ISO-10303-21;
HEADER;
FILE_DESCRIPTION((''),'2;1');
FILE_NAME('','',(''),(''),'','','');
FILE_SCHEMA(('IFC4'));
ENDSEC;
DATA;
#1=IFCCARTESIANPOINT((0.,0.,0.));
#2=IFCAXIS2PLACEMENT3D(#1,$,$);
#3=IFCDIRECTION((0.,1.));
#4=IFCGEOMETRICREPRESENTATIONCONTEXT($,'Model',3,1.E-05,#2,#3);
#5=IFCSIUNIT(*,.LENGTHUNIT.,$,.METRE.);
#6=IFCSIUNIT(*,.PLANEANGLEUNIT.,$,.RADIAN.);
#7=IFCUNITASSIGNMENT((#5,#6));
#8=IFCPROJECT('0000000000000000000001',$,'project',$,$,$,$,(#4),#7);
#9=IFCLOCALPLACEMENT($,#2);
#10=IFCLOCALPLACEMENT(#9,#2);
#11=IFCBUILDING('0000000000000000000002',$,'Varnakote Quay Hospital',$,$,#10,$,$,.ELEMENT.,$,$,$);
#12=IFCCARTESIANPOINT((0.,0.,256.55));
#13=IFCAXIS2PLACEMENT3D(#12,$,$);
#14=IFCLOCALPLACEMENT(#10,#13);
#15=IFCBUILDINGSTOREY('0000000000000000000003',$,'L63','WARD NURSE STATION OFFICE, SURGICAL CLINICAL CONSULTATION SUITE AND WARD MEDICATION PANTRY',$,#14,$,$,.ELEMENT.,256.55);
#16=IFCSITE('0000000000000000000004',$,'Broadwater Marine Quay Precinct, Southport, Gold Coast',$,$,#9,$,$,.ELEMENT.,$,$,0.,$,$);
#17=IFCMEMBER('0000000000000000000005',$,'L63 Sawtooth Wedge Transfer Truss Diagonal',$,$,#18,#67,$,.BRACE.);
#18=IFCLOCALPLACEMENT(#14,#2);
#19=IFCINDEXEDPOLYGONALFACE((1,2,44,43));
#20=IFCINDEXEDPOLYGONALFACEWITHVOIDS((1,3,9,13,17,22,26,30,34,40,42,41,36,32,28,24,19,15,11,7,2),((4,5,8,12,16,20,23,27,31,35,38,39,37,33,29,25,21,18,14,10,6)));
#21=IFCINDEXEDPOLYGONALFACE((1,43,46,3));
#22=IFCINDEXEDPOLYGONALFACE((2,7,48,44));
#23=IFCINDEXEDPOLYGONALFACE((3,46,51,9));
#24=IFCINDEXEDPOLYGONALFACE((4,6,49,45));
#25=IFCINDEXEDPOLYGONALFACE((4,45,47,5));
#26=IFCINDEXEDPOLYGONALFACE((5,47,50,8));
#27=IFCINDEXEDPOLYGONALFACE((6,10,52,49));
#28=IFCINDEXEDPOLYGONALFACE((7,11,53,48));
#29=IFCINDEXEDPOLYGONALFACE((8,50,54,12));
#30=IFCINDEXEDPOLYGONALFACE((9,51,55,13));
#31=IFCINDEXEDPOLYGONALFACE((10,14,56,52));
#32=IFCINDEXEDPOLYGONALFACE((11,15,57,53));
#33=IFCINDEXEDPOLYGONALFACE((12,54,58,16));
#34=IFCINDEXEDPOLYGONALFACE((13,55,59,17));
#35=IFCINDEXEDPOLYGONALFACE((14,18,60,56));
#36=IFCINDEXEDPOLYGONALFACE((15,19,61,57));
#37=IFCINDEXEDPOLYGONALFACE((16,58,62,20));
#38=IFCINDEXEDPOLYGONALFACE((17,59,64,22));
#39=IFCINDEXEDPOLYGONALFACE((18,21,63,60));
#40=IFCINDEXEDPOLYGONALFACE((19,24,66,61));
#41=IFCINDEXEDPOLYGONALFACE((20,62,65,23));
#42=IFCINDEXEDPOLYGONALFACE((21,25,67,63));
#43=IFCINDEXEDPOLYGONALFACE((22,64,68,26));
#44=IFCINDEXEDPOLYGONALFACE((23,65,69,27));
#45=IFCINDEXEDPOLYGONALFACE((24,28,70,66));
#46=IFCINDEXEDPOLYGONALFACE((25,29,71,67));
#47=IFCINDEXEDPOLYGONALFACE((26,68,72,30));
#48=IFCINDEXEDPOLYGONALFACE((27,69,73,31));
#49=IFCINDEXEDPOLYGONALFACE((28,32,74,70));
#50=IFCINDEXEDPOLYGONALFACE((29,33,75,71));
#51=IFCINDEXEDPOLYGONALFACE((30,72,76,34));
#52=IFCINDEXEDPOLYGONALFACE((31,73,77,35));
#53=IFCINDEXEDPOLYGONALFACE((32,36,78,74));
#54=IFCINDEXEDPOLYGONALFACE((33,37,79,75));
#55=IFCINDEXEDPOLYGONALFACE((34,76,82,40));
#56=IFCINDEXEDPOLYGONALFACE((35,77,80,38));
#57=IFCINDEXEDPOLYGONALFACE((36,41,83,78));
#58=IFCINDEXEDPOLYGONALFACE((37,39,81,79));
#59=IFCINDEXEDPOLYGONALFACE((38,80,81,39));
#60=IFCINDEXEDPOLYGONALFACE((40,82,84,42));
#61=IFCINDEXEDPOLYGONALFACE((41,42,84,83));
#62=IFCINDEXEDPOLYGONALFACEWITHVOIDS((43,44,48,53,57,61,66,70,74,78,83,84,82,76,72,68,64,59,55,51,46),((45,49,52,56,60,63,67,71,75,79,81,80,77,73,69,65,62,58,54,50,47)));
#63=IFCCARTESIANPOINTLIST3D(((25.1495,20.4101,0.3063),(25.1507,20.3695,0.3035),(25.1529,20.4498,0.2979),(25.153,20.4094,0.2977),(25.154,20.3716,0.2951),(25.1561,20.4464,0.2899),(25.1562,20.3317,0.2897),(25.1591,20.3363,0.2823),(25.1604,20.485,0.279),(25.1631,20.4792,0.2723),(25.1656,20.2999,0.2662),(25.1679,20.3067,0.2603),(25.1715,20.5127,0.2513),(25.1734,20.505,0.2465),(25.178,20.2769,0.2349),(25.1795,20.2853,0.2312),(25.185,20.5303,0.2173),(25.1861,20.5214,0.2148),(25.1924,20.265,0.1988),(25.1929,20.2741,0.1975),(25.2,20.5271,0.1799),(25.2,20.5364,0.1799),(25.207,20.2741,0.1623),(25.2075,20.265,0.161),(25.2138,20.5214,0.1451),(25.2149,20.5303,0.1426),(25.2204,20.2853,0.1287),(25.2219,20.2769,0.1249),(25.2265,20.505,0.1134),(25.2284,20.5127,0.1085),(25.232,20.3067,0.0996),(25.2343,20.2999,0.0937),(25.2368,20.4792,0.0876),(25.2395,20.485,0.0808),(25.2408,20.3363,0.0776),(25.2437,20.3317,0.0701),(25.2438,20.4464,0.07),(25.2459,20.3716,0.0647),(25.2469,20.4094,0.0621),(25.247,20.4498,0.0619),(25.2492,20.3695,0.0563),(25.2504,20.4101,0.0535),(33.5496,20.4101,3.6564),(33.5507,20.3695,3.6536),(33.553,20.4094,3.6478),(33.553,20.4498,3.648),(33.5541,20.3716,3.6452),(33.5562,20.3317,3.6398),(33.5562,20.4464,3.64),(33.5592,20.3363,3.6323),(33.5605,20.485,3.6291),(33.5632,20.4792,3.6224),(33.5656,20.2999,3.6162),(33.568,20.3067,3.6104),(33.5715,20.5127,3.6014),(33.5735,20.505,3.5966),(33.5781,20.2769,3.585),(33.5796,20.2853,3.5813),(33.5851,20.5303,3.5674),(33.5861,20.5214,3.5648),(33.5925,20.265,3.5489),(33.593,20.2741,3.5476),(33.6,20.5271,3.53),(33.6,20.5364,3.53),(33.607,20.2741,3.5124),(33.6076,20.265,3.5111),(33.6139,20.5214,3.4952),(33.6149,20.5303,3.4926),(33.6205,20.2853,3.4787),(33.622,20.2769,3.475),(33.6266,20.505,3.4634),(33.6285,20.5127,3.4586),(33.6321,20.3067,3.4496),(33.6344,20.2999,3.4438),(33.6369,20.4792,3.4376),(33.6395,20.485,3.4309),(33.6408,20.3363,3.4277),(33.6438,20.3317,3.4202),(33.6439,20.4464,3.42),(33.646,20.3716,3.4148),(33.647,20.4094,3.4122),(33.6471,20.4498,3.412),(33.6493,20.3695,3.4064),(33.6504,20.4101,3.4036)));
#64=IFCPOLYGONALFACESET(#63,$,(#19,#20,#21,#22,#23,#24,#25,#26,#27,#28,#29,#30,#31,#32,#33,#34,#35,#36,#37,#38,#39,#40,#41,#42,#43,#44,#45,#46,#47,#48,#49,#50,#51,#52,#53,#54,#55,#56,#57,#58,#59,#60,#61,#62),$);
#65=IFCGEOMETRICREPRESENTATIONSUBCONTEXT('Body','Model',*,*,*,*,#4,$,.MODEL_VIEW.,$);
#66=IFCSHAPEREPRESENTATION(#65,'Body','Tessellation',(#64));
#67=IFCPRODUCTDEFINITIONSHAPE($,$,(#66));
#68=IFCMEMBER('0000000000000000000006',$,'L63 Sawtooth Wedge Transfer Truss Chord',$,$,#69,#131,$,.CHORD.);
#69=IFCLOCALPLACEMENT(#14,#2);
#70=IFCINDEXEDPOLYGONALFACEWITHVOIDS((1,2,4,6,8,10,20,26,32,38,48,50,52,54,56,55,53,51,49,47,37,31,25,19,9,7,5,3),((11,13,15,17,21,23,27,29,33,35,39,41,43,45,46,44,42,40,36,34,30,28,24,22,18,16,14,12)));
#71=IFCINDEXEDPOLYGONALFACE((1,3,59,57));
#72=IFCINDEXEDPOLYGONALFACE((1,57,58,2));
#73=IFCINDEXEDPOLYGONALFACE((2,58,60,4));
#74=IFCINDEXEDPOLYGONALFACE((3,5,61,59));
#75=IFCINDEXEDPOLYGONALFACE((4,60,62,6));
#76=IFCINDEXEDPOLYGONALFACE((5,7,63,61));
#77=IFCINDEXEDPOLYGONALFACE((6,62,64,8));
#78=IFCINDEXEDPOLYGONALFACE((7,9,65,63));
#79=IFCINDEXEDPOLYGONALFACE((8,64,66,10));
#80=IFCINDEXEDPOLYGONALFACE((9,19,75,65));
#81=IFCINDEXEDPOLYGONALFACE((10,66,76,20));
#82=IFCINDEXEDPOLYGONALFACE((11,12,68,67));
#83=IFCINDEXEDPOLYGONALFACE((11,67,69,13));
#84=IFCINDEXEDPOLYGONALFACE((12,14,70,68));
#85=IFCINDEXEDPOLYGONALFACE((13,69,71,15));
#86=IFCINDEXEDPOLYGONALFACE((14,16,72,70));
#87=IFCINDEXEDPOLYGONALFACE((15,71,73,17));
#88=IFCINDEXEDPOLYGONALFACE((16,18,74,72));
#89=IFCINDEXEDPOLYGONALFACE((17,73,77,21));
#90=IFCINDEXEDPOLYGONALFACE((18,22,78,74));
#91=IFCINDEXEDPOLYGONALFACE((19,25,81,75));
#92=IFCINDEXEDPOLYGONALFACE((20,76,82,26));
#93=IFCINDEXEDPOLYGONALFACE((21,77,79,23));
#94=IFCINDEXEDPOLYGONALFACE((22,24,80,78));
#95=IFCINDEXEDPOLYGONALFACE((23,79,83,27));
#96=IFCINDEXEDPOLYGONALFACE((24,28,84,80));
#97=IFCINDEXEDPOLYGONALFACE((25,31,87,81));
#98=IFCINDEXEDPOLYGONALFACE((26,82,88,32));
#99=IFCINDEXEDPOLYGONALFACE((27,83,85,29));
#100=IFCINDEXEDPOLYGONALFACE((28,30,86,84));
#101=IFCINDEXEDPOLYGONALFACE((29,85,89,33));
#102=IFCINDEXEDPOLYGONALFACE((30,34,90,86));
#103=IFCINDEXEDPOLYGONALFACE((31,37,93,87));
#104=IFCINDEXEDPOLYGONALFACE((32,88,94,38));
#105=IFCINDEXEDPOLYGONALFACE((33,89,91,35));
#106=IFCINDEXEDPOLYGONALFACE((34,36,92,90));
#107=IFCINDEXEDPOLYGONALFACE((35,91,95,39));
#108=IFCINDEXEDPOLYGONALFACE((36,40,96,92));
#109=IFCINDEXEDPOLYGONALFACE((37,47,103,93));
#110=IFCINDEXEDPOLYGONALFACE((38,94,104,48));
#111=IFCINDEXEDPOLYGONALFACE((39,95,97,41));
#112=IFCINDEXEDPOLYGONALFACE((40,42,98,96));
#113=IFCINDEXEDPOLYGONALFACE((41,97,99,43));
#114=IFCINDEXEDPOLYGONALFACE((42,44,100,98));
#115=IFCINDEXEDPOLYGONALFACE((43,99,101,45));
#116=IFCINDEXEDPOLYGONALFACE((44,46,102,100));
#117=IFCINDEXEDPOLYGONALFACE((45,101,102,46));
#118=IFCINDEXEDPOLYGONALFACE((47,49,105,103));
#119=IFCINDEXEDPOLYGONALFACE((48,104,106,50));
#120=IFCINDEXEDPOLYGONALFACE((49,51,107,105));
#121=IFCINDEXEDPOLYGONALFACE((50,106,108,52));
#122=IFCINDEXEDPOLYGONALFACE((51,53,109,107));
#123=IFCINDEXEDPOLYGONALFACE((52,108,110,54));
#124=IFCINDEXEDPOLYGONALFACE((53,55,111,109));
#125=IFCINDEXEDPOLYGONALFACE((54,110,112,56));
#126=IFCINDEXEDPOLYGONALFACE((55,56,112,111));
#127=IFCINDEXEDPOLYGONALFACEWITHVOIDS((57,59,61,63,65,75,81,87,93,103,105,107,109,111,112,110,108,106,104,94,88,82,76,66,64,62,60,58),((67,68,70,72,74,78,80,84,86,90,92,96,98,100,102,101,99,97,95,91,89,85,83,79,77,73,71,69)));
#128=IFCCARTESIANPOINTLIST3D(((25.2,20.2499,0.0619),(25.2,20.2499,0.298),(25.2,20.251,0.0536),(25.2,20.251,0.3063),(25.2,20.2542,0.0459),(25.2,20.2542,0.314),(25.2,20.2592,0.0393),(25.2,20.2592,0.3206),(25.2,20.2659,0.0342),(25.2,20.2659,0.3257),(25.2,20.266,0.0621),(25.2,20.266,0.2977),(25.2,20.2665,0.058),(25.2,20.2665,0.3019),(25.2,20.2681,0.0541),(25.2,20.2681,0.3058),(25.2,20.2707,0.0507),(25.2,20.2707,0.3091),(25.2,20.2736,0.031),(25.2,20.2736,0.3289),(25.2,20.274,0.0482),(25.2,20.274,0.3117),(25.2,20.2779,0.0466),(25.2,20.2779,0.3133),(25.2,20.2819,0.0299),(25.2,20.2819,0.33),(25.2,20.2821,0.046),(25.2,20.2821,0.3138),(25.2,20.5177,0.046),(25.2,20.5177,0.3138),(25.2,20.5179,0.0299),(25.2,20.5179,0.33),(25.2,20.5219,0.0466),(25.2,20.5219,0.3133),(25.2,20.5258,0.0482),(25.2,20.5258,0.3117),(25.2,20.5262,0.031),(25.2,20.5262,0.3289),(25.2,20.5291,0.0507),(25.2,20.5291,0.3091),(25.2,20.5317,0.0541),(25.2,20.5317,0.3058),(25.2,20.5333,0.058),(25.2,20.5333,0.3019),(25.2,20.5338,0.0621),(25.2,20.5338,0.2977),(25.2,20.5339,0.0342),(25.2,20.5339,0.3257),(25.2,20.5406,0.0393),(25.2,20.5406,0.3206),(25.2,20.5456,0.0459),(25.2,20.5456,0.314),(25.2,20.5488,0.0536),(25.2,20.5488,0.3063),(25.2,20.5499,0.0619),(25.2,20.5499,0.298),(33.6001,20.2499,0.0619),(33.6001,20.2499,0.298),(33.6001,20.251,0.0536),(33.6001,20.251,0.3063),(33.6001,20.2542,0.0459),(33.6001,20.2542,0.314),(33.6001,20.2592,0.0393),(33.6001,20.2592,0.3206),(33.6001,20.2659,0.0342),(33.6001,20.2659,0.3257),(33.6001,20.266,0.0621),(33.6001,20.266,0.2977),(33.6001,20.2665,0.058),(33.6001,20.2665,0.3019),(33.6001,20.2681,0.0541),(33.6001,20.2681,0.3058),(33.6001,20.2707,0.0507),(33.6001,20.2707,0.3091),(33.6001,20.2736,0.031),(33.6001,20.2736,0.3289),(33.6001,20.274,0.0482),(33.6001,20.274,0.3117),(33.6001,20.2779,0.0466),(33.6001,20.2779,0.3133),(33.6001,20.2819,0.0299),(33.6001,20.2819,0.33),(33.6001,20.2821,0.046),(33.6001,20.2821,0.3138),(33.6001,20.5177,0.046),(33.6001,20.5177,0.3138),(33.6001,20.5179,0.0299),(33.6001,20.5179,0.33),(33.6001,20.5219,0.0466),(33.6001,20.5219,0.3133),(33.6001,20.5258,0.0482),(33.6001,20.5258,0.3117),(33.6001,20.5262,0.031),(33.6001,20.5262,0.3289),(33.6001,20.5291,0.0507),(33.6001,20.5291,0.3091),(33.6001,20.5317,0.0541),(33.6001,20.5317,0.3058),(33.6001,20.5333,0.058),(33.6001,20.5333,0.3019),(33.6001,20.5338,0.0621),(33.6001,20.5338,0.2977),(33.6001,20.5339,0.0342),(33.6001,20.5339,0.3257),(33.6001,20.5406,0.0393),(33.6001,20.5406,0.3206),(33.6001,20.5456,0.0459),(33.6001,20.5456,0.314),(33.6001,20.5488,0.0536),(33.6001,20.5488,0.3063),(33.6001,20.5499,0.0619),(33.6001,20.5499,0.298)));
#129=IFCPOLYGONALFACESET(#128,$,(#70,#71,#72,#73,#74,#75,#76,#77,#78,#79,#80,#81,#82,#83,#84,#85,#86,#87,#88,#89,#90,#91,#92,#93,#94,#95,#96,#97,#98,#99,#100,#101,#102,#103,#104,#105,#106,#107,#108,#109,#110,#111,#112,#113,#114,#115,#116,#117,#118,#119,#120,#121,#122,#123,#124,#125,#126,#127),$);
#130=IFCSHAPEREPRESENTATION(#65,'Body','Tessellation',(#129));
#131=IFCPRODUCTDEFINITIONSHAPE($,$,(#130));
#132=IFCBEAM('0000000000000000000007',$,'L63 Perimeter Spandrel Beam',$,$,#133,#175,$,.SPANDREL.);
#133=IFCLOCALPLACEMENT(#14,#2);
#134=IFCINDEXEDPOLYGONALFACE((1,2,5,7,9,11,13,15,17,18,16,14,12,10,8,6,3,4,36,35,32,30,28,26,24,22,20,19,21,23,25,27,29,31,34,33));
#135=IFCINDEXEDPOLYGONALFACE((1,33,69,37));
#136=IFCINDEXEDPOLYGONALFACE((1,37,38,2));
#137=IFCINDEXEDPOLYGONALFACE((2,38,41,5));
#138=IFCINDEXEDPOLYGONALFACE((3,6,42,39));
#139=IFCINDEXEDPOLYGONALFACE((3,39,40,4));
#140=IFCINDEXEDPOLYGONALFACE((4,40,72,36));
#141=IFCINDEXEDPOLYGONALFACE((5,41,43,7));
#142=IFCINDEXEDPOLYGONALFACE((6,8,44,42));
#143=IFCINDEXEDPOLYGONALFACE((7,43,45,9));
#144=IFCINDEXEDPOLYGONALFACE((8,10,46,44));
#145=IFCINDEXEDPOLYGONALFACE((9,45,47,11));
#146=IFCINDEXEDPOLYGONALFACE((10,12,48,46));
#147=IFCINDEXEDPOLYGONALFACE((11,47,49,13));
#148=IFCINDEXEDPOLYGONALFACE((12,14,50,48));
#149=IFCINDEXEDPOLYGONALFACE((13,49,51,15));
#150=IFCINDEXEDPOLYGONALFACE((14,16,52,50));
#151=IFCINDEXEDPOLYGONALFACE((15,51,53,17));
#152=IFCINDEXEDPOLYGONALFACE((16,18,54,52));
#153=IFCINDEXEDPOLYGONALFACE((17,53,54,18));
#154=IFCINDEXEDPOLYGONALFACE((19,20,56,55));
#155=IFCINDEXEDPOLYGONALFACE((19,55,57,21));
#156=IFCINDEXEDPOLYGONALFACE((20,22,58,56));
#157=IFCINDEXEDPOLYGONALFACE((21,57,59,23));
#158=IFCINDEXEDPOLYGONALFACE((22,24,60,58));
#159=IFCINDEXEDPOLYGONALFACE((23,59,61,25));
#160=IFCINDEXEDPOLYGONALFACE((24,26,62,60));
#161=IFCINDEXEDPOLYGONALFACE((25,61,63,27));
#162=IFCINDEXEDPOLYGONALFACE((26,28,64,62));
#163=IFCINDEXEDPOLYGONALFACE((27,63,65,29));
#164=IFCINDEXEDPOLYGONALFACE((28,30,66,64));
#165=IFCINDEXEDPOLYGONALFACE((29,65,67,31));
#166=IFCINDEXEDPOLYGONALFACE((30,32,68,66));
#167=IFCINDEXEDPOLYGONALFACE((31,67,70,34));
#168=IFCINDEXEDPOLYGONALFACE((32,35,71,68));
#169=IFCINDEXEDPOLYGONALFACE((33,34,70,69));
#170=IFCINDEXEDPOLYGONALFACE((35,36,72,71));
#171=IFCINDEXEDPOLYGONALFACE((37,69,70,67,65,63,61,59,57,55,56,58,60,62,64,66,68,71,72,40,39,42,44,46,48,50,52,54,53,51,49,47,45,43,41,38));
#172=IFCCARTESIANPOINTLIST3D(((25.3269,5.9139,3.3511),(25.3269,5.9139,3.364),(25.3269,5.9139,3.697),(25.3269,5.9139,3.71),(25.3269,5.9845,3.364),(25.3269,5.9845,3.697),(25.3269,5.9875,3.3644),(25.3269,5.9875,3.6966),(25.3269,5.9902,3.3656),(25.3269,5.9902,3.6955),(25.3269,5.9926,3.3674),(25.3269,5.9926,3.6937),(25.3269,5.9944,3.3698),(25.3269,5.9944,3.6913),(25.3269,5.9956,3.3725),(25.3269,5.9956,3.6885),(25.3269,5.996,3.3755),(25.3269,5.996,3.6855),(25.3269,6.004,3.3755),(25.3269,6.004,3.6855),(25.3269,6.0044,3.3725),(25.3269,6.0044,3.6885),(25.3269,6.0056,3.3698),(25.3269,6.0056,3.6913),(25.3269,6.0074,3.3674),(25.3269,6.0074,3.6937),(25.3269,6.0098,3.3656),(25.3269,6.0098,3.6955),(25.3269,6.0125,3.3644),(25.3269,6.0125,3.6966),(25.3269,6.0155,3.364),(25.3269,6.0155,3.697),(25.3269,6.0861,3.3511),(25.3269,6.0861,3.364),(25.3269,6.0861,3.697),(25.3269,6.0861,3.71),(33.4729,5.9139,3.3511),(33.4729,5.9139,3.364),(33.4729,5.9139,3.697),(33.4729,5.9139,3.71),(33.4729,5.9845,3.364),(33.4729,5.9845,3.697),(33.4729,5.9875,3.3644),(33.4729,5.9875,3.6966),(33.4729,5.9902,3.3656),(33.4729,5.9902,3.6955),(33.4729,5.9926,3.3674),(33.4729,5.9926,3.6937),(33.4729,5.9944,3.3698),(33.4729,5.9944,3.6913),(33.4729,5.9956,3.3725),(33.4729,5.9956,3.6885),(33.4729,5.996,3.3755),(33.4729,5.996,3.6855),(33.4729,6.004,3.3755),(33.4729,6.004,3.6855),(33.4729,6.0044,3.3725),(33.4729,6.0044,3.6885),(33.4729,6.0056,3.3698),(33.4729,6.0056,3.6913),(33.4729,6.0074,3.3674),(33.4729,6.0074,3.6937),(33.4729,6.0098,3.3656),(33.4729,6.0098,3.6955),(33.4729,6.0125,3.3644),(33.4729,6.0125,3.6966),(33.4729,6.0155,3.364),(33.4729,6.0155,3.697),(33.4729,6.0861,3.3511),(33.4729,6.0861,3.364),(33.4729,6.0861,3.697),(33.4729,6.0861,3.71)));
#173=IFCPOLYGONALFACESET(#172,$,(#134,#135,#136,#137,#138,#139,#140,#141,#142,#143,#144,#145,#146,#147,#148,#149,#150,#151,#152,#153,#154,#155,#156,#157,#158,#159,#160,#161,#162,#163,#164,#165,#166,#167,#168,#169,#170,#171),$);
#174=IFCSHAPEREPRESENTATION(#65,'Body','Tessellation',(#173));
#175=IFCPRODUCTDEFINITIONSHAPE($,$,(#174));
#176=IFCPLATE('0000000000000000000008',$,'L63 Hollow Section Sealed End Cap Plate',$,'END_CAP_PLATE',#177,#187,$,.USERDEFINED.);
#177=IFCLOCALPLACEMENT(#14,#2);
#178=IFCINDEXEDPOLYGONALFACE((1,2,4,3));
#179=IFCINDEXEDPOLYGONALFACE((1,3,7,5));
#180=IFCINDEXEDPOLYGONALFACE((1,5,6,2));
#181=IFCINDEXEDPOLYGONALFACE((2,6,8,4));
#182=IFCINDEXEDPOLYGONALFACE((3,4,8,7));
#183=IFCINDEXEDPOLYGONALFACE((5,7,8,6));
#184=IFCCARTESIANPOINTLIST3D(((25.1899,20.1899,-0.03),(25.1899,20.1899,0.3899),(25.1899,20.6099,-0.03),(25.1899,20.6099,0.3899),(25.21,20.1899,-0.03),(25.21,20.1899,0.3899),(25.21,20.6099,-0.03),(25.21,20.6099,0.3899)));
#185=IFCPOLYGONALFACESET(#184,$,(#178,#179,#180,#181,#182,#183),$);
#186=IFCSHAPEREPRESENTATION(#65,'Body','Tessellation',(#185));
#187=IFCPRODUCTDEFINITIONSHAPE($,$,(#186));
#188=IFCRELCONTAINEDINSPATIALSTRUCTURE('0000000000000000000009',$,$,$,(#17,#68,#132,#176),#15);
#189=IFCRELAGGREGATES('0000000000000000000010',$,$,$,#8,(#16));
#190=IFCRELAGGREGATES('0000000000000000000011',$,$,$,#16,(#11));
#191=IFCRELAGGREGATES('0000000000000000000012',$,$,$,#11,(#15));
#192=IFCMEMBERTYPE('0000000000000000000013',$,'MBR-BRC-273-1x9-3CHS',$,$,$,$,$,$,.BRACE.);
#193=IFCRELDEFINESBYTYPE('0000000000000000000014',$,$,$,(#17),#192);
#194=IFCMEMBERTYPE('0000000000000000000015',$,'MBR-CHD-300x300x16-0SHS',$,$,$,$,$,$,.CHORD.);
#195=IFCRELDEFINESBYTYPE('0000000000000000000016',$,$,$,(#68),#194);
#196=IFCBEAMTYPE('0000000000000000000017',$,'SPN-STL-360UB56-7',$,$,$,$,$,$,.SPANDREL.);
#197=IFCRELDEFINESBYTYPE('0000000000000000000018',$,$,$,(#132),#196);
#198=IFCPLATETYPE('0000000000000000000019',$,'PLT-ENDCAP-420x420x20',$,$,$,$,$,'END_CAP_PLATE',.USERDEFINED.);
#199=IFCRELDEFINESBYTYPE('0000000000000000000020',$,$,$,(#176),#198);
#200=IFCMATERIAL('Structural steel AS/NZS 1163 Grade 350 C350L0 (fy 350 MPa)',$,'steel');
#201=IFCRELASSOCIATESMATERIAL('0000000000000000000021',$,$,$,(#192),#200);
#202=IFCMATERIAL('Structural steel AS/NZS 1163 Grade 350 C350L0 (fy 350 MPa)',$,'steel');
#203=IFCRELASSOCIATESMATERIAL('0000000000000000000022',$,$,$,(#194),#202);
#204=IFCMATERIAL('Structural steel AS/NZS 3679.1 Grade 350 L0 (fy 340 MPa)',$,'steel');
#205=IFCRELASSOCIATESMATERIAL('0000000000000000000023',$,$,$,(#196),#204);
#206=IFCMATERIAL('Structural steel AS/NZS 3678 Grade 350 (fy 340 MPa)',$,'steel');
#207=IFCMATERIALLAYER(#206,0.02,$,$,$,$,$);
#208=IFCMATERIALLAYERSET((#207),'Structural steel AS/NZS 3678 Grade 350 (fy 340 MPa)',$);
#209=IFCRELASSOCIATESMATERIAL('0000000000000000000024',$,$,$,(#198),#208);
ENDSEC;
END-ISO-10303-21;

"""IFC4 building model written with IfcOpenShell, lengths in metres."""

from ifc_helpers import new_model, si_unit, direction, frame, origin, origin_2d, place, context, subcontext, project, spatial, rectangle, hollow_rectangle, hollow_circle, i_section, extrude, material, layer, layer_set, material_profile, profile_set, type_object, element, save


model = new_model("IFC4")

# Units and contexts
model_context = context("Model", 3, precision=1e-05, world=origin(), true_north=direction((0.0, 1.0)))
body_context = subcontext(model_context, "Body", "Model", "MODEL_VIEW")
ifc_project = project(units=[si_unit("LENGTHUNIT", "METRE"), si_unit("PLANEANGLEUNIT", "RADIAN")], contexts=[model_context])

# Site, building, storey
site_placement = place(None, origin())
site = spatial("IfcSite", under=ifc_project, at=site_placement, Name="Broadwater Marine Quay Precinct, Southport, Gold Coast", CompositionType="ELEMENT", RefElevation=0.0)
building_placement = place(site_placement, origin())
building = spatial("IfcBuilding", under=site, at=building_placement, Name="Varnakote Quay Hospital", CompositionType="ELEMENT")
storey_placement = place(building_placement, frame((0.0, 0.0, 256.55)))
storey = spatial("IfcBuildingStorey", under=building, at=storey_placement, Name="L63", Description="WARD NURSE STATION OFFICE, SURGICAL CLINICAL CONSULTATION SUITE AND WARD MEDICATION PANTRY", CompositionType="ELEMENT", Elevation=256.55)

# Members
ifc_material_1 = material(Name="Structural steel AS/NZS 1163 Grade 350 C350L0 (fy 350 MPa)", Category="steel")
ifc_material_profile_1 = material_profile(ifc_material_1, hollow_circle(Radius=0.1365, WallThickness=0.0093, at=origin_2d()), Name="273.1x9.3CHS")
ifc_profile_set_1 = profile_set([ifc_material_profile_1], Name="Structural steel AS/NZS 1163 Grade 350 C350L0 (fy 350 MPa)")
member_type_1 = type_object("IfcMemberType", Name="MBR-BRC-273-1x9-3CHS", PredefinedType="BRACE", material=ifc_profile_set_1)
member_1_placement = place(storey_placement, frame((25.2, 20.3999, 0.1799), z_axis=(0.928856, 0.0, 0.370441), x_axis=(0.0, 1.0, 0.0)))
element("IfcMember", 1, at=member_1_placement, inside=storey, type_object=member_type_1, Name="L63 Sawtooth Wedge Transfer Truss Diagonal", PredefinedType="BRACE", context=body_context, shape_type="SweptSolid", body=[
    extrude(hollow_circle(Radius=0.1365, WallThickness=0.0093, at=origin_2d()), origin(), (0.0, 0.0, 1.0), 9.0435),
])
ifc_material_2 = material(Name="Structural steel AS/NZS 1163 Grade 350 C350L0 (fy 350 MPa)", Category="steel")
ifc_material_profile_2 = material_profile(ifc_material_2, hollow_rectangle(XDim=0.3, YDim=0.3, WallThickness=0.0161, InnerFilletRadius=0.0161, OuterFilletRadius=0.032, at=origin_2d()), Name="300x300x16.0SHS")
ifc_profile_set_2 = profile_set([ifc_material_profile_2], Name="Structural steel AS/NZS 1163 Grade 350 C350L0 (fy 350 MPa)")
member_type_2 = type_object("IfcMemberType", Name="MBR-CHD-300x300x16-0SHS", PredefinedType="CHORD", material=ifc_profile_set_2)
member_2_placement = place(storey_placement, frame((25.2, 20.3999, 0.1799), z_axis=(1.0, 0.0, 0.0), x_axis=(0.0, 1.0, 0.0)))
element("IfcMember", 2, at=member_2_placement, inside=storey, type_object=member_type_2, Name="L63 Sawtooth Wedge Transfer Truss Chord", PredefinedType="CHORD", context=body_context, shape_type="SweptSolid", body=[
    extrude(hollow_rectangle(XDim=0.3, YDim=0.3, WallThickness=0.0161, InnerFilletRadius=0.0161, OuterFilletRadius=0.032, at=origin_2d()), origin(), (0.0, 0.0, 1.0), 8.4001),
])

# Beam
ifc_material_3 = material(Name="Structural steel AS/NZS 3679.1 Grade 350 L0 (fy 340 MPa)", Category="steel")
ifc_material_profile_3 = material_profile(ifc_material_3, i_section(OverallWidth=0.1721, OverallDepth=0.3589, WebThickness=0.0081, FlangeThickness=0.0129, FilletRadius=0.0115, at=origin_2d()), Name="360UB56.7")
ifc_profile_set_3 = profile_set([ifc_material_profile_3], Name="Structural steel AS/NZS 3679.1 Grade 350 L0 (fy 340 MPa)")
beam_type_1 = type_object("IfcBeamType", Name="SPN-STL-360UB56-7", PredefinedType="SPANDREL", material=ifc_profile_set_3)
beam_1_placement = place(storey_placement, frame((25.3269, 6.0, 3.5305), z_axis=(1.0, 0.0, 0.0), x_axis=(0.0, 1.0, 0.0)))
element("IfcBeam", 3, at=beam_1_placement, inside=storey, type_object=beam_type_1, Name="L63 Perimeter Spandrel Beam", PredefinedType="SPANDREL", context=body_context, shape_type="SweptSolid", body=[
    extrude(i_section(OverallWidth=0.1721, OverallDepth=0.3589, WebThickness=0.0081, FlangeThickness=0.0129, FilletRadius=0.0115, at=origin_2d()), origin(), (0.0, 0.0, 1.0), 8.146),
])

# Plate
ifc_material_4 = material(Name="Structural steel AS/NZS 3678 Grade 350 (fy 340 MPa)", Category="steel")
ifc_layer_1 = layer(ifc_material_4, 0.02)
ifc_layer_set_1 = layer_set([ifc_layer_1], Name="Structural steel AS/NZS 3678 Grade 350 (fy 340 MPa)")
plate_type_1 = type_object("IfcPlateType", Name="PLT-ENDCAP-420x420x20", ElementType="END_CAP_PLATE", PredefinedType="USERDEFINED", material=ifc_layer_set_1)
plate_1_placement = place(storey_placement, frame((25.2, 20.3999, -0.03), z_axis=(0.0, 0.0, 1.0), x_axis=(1.0, 0.0, 0.0)))
element("IfcPlate", 4, at=plate_1_placement, inside=storey, type_object=plate_type_1, Name="L63 Hollow Section Sealed End Cap Plate", ObjectType="END_CAP_PLATE", PredefinedType="USERDEFINED", context=body_context, shape_type="SweptSolid", body=[
    extrude(rectangle(XDim=0.02, YDim=0.4199, at=origin_2d()), origin(), (0.0, 0.0, 1.0), 0.4199),
])

save(model, "model.ifc")
